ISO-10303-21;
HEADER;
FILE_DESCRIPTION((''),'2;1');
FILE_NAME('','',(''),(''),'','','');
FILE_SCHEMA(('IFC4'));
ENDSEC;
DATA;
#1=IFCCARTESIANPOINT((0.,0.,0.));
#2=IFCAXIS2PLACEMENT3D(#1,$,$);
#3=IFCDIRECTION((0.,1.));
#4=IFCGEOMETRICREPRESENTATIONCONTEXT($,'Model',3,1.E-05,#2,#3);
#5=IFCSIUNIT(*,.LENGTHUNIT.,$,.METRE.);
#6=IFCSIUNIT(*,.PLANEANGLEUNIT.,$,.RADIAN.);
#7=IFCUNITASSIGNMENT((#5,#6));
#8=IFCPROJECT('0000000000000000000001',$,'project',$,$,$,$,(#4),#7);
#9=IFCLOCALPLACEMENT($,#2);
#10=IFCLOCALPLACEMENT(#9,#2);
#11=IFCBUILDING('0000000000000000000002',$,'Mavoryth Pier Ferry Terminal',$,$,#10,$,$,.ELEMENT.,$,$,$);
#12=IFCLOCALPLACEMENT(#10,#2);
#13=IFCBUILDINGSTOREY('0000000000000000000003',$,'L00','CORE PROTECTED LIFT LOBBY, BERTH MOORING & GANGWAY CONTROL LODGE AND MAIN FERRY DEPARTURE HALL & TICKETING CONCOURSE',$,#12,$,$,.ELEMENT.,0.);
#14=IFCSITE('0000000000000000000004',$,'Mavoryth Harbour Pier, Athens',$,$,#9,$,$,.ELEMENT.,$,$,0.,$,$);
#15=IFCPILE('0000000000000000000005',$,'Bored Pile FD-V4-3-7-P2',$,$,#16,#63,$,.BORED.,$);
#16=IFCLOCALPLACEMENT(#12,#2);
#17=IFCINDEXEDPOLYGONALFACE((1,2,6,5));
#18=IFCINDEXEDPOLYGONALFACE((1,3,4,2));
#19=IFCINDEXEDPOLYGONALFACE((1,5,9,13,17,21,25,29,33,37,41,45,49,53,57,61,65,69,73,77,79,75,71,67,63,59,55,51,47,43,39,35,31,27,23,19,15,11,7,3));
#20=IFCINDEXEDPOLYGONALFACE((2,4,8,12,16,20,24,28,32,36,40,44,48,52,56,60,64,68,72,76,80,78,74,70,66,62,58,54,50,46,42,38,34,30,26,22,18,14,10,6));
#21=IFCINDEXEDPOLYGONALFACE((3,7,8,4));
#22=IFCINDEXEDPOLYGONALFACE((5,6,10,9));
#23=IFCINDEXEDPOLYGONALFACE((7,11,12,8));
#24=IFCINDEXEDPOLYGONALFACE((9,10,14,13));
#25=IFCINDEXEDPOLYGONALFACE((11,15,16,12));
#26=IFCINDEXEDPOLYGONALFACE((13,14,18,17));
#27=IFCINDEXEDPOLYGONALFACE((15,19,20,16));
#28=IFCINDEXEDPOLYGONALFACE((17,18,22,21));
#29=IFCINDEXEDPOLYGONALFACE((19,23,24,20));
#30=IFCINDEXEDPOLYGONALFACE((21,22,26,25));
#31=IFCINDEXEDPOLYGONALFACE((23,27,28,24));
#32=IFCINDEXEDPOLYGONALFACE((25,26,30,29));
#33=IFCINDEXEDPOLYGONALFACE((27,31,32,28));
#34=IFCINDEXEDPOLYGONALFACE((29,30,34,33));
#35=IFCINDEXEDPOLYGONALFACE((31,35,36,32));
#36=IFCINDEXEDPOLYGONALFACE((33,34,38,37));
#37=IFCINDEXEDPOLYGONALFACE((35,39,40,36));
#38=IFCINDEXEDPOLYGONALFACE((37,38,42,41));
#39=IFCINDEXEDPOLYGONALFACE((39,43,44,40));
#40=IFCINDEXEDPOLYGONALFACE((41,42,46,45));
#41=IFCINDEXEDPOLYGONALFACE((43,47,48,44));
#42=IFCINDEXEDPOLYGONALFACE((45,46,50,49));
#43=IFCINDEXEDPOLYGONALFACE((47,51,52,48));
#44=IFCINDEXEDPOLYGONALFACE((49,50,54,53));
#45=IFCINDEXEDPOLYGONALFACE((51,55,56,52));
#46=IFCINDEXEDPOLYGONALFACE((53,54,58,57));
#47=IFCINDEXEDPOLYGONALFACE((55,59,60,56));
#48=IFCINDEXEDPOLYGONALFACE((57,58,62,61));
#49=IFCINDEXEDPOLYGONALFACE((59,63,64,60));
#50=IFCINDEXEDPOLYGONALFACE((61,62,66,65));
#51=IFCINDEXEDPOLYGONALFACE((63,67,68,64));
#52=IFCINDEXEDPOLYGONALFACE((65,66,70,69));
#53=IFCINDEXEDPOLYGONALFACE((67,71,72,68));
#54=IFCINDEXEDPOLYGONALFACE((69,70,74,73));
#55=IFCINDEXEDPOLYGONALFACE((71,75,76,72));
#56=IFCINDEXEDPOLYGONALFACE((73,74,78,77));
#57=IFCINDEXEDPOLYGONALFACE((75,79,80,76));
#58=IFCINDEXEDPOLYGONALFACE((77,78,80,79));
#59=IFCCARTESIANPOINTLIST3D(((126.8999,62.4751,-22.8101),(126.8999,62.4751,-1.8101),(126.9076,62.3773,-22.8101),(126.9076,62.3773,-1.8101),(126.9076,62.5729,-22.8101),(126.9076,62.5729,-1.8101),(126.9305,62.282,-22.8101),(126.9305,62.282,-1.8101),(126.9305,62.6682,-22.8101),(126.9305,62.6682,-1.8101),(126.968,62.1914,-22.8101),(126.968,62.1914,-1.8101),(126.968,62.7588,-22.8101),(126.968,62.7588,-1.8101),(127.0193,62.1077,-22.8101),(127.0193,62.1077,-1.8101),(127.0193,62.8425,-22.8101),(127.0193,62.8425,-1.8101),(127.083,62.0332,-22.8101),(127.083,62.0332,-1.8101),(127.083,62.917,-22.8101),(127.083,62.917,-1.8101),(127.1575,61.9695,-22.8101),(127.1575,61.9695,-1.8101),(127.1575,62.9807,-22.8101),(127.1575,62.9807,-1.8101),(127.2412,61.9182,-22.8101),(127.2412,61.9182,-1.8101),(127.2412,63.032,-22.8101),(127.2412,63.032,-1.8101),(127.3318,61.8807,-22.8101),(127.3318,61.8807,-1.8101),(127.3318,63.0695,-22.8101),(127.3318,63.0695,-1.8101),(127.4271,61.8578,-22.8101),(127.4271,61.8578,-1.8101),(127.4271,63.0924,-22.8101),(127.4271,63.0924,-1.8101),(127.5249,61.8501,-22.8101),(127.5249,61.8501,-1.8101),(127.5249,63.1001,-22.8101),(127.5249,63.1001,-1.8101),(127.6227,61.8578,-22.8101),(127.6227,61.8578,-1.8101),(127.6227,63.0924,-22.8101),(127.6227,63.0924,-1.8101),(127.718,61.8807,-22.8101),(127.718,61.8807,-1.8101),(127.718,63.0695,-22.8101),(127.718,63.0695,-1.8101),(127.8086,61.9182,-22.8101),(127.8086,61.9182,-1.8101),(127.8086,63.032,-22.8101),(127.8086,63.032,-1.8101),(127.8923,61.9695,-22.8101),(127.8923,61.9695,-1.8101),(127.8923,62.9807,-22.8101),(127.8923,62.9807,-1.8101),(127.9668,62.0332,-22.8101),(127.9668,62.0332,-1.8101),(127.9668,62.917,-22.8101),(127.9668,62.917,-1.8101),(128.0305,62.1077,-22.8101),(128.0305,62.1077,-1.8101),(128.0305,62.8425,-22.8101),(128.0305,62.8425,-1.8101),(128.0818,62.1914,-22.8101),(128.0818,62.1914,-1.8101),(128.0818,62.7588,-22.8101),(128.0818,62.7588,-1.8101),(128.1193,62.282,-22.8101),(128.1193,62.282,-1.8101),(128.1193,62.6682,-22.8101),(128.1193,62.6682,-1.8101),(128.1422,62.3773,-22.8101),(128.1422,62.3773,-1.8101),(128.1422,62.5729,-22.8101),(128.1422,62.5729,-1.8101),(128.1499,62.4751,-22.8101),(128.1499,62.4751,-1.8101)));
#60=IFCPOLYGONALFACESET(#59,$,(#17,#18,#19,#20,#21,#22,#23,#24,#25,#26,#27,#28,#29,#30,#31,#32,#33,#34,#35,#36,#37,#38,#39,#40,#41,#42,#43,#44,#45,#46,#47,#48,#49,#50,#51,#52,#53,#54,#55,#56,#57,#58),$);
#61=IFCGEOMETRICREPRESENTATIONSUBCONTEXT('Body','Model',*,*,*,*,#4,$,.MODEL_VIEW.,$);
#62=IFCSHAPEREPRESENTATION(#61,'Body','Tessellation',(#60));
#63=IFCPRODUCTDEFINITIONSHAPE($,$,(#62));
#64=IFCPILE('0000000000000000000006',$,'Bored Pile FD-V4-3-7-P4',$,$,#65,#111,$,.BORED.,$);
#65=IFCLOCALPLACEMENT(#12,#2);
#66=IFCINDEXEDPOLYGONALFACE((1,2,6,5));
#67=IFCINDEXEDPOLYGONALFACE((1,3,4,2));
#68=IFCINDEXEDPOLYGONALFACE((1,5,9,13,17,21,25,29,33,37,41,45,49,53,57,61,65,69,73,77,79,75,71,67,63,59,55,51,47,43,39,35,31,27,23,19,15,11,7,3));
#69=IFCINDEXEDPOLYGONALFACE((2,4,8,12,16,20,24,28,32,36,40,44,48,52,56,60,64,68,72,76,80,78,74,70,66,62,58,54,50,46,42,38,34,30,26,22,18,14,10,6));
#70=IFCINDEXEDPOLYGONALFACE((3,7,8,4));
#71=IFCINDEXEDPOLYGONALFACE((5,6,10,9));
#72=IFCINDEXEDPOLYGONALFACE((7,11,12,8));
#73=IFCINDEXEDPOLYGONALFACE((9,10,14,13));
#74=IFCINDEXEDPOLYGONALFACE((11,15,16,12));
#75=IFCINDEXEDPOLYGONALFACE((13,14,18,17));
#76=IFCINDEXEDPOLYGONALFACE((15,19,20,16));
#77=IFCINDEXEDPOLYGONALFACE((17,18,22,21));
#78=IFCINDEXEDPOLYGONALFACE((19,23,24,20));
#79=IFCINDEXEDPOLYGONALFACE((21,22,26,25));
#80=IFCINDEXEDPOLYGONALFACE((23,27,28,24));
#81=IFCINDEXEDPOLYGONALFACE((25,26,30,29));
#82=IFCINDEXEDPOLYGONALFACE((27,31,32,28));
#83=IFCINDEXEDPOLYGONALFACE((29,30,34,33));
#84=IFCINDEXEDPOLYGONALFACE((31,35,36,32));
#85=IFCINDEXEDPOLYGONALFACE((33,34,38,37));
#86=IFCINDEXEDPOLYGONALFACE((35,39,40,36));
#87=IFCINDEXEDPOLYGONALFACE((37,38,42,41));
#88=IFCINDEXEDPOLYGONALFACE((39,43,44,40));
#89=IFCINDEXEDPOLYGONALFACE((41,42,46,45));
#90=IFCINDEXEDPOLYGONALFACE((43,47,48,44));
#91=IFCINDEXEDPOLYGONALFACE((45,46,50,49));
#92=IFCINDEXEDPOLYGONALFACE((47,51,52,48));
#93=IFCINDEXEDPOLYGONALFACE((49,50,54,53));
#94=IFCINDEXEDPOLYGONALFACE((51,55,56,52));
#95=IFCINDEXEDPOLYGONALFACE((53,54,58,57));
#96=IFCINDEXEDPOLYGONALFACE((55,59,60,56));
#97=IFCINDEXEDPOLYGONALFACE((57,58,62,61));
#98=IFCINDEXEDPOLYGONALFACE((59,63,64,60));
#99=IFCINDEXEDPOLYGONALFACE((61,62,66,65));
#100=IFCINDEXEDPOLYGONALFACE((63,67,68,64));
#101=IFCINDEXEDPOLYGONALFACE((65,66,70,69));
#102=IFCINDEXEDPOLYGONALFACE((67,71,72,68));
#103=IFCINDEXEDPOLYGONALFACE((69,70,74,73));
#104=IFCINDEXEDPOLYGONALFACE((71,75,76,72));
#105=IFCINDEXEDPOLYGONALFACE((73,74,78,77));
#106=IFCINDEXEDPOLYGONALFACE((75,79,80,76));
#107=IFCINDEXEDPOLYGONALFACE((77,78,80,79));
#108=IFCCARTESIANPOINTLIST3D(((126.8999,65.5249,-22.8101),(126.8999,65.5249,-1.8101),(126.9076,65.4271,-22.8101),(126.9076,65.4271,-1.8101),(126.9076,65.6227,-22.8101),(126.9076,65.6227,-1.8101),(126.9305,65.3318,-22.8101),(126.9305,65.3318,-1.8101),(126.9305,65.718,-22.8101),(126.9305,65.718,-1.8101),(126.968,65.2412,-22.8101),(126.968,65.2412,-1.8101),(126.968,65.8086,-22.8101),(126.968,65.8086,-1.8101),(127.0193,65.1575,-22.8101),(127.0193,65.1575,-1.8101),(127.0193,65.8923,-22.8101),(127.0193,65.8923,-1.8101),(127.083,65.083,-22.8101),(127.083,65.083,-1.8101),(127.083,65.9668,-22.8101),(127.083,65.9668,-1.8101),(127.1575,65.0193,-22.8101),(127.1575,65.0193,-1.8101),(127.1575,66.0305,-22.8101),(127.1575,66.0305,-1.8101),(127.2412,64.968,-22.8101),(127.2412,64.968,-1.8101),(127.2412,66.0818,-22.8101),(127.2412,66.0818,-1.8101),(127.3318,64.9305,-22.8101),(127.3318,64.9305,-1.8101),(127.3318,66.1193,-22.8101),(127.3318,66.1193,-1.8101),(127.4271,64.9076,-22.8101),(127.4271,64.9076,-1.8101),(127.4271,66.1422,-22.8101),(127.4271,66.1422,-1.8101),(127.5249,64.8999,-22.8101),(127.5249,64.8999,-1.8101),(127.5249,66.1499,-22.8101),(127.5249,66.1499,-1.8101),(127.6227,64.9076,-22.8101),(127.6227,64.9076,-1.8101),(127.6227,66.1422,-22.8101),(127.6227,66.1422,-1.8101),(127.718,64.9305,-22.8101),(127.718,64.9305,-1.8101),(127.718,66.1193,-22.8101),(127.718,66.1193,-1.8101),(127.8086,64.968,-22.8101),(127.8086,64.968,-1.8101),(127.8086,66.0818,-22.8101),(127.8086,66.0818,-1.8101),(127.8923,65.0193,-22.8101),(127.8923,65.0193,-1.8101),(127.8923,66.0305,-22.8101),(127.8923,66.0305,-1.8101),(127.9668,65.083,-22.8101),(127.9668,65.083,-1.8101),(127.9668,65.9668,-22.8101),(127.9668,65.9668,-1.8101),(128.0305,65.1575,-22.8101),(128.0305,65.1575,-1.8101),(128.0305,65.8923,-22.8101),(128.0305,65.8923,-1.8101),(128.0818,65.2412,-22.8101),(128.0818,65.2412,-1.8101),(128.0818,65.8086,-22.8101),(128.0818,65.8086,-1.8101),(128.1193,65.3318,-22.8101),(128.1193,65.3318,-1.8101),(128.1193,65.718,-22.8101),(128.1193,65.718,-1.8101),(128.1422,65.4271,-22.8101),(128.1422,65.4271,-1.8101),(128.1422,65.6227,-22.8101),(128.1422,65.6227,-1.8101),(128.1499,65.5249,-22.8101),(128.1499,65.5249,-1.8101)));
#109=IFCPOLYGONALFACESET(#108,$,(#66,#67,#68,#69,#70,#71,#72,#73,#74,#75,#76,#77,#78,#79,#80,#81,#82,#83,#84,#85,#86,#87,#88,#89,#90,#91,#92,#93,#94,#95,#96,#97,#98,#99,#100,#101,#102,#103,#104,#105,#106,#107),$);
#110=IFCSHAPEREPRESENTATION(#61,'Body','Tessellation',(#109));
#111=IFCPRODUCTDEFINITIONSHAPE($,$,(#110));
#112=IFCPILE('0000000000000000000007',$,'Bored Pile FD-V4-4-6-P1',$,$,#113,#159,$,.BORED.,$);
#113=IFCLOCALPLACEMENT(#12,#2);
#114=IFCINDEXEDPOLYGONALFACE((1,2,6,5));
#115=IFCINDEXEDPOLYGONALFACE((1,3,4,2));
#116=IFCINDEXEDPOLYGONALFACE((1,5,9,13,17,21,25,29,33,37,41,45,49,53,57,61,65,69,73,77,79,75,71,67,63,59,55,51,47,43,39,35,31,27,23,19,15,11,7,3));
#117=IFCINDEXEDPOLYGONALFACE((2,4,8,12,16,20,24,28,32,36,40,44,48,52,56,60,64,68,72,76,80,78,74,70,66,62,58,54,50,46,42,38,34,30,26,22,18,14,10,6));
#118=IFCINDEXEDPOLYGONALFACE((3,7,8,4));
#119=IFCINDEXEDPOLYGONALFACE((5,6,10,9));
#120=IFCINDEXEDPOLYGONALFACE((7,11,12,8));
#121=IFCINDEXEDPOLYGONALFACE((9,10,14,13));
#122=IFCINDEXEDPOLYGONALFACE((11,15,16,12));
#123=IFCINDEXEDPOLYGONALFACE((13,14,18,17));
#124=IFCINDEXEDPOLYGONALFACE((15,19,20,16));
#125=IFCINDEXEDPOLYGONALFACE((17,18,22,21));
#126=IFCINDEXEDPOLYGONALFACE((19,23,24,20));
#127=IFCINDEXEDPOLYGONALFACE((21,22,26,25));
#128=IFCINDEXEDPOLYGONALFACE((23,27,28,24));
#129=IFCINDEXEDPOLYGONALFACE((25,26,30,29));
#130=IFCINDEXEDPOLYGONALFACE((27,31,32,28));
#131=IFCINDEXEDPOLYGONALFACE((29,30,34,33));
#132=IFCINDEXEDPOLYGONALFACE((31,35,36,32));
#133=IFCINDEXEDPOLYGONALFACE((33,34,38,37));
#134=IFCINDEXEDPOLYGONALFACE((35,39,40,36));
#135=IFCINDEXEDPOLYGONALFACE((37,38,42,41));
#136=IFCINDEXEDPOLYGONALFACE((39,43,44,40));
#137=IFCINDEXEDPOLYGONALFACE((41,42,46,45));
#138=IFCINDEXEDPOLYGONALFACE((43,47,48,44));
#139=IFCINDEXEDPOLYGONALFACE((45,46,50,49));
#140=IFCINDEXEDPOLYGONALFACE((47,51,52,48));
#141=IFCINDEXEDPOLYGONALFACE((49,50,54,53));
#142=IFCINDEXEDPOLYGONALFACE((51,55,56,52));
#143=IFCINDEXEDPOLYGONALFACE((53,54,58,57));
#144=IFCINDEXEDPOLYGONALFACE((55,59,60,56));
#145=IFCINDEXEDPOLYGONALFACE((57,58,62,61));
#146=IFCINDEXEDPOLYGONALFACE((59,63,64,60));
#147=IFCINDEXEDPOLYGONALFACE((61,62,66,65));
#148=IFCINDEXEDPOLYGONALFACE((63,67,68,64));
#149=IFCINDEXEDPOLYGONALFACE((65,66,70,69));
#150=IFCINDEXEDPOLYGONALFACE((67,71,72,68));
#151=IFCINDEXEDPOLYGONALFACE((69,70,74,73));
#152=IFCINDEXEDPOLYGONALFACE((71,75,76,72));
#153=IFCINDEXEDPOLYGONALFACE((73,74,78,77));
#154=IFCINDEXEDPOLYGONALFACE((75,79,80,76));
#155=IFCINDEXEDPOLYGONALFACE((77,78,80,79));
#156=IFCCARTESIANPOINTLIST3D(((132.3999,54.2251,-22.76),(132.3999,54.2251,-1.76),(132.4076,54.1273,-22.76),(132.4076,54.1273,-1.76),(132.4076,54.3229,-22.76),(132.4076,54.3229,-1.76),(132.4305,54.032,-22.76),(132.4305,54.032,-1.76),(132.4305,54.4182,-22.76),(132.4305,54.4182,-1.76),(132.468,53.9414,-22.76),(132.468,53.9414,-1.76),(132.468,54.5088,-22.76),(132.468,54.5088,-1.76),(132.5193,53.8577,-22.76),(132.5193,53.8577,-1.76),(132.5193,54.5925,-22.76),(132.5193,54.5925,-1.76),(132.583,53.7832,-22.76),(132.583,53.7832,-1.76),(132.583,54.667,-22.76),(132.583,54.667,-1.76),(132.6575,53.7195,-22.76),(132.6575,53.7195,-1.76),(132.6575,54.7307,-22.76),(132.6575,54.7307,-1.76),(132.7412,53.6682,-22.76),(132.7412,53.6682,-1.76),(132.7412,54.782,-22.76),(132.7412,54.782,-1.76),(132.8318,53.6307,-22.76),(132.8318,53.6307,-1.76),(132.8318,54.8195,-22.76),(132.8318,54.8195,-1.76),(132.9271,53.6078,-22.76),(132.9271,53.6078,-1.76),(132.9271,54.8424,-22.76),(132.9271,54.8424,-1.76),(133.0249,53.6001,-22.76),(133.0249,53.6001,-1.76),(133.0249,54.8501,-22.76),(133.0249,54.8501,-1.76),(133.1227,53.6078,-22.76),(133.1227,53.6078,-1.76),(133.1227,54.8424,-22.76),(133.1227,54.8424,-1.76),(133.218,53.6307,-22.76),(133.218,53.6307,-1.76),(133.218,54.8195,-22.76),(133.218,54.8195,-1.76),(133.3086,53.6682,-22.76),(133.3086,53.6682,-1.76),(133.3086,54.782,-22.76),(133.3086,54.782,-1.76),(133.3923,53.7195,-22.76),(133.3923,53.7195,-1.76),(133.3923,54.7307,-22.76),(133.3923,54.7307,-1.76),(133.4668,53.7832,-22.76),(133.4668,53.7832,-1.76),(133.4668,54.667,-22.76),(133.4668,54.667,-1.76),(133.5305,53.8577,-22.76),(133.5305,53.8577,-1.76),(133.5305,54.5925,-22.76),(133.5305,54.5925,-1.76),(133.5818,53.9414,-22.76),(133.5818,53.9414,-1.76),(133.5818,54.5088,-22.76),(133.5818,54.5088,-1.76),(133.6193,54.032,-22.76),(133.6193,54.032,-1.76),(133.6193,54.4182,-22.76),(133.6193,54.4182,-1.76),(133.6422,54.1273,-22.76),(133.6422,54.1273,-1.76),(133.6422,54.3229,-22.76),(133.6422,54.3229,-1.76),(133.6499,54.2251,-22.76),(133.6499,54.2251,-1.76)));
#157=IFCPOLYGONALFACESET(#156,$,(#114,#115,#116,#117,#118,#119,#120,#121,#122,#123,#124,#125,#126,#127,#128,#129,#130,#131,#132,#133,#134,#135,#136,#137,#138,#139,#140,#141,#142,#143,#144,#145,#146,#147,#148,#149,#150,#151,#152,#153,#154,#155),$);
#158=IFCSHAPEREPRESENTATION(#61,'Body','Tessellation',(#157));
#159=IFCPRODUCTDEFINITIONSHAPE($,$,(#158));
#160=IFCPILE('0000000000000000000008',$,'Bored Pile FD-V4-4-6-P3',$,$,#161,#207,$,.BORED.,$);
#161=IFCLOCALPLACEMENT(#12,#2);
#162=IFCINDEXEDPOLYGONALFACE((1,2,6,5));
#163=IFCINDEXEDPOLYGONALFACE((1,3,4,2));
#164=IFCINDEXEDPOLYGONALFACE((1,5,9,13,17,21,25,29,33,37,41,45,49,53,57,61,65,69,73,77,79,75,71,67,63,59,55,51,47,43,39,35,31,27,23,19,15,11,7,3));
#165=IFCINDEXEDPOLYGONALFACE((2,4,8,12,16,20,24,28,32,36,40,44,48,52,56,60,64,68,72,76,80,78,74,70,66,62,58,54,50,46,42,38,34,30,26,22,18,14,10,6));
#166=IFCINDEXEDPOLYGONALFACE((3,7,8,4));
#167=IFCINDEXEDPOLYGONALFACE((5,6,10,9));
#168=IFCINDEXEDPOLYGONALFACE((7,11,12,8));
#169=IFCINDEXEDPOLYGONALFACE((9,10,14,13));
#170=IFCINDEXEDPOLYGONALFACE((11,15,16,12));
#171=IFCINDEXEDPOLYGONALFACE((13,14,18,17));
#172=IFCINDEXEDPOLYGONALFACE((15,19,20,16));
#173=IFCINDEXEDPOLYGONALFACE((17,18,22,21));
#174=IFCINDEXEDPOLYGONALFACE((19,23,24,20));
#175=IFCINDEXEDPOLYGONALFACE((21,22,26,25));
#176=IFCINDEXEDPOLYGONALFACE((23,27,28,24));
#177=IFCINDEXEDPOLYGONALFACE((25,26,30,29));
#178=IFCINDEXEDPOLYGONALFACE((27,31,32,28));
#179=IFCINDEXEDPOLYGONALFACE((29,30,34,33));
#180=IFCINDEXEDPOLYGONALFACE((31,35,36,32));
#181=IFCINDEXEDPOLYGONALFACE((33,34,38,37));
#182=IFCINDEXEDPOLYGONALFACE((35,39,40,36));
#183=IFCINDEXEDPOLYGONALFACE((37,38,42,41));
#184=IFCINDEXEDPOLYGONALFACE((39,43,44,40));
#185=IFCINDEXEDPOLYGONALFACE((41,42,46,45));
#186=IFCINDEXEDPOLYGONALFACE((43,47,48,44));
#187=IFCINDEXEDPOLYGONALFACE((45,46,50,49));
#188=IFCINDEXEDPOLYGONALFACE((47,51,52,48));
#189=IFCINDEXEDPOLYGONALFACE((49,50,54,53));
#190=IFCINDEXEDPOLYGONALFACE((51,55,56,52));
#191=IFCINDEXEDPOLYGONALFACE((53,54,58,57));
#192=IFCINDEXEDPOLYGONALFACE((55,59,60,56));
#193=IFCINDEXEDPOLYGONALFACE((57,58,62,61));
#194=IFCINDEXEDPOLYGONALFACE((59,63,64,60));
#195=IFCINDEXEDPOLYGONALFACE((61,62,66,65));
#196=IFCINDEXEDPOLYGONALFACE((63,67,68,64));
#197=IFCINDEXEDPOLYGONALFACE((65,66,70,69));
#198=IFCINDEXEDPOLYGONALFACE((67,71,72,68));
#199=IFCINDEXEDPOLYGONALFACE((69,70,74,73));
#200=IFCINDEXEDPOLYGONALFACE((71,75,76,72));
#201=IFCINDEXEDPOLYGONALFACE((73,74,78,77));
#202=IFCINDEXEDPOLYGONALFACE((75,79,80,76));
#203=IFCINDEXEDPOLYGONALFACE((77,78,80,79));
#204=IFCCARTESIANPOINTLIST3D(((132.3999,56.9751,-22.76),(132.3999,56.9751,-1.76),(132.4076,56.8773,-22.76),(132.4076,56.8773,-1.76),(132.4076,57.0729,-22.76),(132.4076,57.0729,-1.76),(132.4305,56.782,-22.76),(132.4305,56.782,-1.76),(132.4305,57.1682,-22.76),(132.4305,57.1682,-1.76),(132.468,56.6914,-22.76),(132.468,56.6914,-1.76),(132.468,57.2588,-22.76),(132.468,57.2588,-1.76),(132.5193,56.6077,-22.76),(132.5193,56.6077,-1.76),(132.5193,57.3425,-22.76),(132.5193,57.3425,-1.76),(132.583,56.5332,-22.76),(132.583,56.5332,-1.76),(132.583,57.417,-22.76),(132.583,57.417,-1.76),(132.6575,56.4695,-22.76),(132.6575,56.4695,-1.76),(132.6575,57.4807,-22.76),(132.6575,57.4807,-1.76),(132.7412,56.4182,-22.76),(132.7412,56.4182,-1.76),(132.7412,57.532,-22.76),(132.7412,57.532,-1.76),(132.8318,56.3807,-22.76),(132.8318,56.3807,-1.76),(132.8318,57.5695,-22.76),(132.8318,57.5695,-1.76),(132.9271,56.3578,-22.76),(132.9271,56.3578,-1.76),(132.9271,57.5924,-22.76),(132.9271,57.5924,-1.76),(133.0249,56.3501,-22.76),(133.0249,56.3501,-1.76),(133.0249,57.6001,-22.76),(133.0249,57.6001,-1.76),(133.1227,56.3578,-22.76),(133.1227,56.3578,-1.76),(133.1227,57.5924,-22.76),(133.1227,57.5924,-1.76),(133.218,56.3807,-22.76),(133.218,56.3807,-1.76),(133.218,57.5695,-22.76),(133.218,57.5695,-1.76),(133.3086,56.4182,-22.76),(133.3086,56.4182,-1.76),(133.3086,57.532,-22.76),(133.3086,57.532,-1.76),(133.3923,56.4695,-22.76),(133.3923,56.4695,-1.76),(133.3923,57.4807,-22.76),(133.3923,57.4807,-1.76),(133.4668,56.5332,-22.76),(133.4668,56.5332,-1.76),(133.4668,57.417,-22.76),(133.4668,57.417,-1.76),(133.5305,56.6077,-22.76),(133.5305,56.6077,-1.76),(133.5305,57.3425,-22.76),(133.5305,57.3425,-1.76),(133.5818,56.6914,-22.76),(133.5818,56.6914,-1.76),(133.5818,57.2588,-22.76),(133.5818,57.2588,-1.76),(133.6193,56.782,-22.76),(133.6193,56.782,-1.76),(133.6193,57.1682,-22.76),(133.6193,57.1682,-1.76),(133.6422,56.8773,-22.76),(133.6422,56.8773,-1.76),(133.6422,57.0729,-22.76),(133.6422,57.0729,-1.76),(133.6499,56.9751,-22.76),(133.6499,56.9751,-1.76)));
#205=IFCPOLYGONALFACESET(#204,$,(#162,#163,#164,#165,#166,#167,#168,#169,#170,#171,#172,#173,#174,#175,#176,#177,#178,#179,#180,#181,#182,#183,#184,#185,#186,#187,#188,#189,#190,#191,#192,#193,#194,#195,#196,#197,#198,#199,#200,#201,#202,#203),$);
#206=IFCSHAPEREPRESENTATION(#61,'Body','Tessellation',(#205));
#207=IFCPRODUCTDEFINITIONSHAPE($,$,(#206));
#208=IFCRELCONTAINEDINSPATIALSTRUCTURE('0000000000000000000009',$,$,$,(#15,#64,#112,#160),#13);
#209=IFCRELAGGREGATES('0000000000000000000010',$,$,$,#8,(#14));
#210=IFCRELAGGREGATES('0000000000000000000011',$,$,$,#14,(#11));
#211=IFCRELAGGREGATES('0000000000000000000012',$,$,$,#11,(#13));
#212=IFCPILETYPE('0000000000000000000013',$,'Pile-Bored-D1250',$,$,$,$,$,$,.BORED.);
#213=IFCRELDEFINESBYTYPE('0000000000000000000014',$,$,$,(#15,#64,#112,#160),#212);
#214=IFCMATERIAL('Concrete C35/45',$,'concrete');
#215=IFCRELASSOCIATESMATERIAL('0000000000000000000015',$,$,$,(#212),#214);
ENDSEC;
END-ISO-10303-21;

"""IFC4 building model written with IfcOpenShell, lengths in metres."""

from ifc_helpers import new_model, si_unit, direction, frame, origin, origin_2d, place, context, subcontext, project, spatial, circle, extrude, material, material_profile, profile_set, type_object, element, save


model = new_model("IFC4")

# Units and contexts
model_context = context("Model", 3, precision=1e-05, world=origin(), true_north=direction((0.0, 1.0)))
body_context = subcontext(model_context, "Body", "Model", "MODEL_VIEW")
ifc_project = project(units=[si_unit("LENGTHUNIT", "METRE"), si_unit("PLANEANGLEUNIT", "RADIAN")], contexts=[model_context])

# Site, building, storey
site_placement = place(None, origin())
site = spatial("IfcSite", under=ifc_project, at=site_placement, Name="Mavoryth Harbour Pier, Athens", CompositionType="ELEMENT", RefElevation=0.0)
building_placement = place(site_placement, origin())
building = spatial("IfcBuilding", under=site, at=building_placement, Name="Mavoryth Pier Ferry Terminal", CompositionType="ELEMENT")
storey_placement = place(building_placement, origin())
storey = spatial("IfcBuildingStorey", under=building, at=storey_placement, Name="L00", Description="CORE PROTECTED LIFT LOBBY, BERTH MOORING & GANGWAY CONTROL LODGE AND MAIN FERRY DEPARTURE HALL & TICKETING CONCOURSE", CompositionType="ELEMENT", Elevation=0.0)

# Shared definitions
ifc_material_1 = material(Name="Concrete C35/45", Category="concrete")

# Piles
ifc_material_profile_1 = material_profile(ifc_material_1, circle(Radius=0.625, at=origin_2d()), Name="PILE D1250", Category="concrete")
ifc_profile_set_1 = profile_set([ifc_material_profile_1], Name="Concrete C35/45 - PILE D1250")
pile_type_1 = type_object("IfcPileType", Name="Pile-Bored-D1250", PredefinedType="BORED", material=ifc_profile_set_1)
for number, where, z_axis, x_axis, name in (
    (1, (127.5249, 62.4751, -1.8101), (0.0, 0.0, -1.0), (1.0, 0.0, 0.0), "Bored Pile FD-V4-3-7-P2"),
    (2, (127.5249, 65.5249, -1.8101), (0.0, 0.0, -1.0), (1.0, 0.0, 0.0), "Bored Pile FD-V4-3-7-P4"),
    (3, (133.0249, 54.2251, -1.76), (0.0, 0.0, -1.0), (1.0, 0.0, 0.0), "Bored Pile FD-V4-4-6-P1"),
    (4, (133.0249, 56.9751, -1.76), (0.0, 0.0, -1.0), (1.0, 0.0, 0.0), "Bored Pile FD-V4-4-6-P3"),
):
    element("IfcPile", number, at=place(storey_placement, frame(where, z_axis=z_axis, x_axis=x_axis)), inside=storey, type_object=pile_type_1, Name=name, PredefinedType="BORED", context=body_context, shape_type="SweptSolid", body=[
        extrude(circle(Radius=0.625, at=origin_2d()), origin(), (0.0, 0.0, 1.0), 21.0),
    ])

save(model, "model.ifc")
